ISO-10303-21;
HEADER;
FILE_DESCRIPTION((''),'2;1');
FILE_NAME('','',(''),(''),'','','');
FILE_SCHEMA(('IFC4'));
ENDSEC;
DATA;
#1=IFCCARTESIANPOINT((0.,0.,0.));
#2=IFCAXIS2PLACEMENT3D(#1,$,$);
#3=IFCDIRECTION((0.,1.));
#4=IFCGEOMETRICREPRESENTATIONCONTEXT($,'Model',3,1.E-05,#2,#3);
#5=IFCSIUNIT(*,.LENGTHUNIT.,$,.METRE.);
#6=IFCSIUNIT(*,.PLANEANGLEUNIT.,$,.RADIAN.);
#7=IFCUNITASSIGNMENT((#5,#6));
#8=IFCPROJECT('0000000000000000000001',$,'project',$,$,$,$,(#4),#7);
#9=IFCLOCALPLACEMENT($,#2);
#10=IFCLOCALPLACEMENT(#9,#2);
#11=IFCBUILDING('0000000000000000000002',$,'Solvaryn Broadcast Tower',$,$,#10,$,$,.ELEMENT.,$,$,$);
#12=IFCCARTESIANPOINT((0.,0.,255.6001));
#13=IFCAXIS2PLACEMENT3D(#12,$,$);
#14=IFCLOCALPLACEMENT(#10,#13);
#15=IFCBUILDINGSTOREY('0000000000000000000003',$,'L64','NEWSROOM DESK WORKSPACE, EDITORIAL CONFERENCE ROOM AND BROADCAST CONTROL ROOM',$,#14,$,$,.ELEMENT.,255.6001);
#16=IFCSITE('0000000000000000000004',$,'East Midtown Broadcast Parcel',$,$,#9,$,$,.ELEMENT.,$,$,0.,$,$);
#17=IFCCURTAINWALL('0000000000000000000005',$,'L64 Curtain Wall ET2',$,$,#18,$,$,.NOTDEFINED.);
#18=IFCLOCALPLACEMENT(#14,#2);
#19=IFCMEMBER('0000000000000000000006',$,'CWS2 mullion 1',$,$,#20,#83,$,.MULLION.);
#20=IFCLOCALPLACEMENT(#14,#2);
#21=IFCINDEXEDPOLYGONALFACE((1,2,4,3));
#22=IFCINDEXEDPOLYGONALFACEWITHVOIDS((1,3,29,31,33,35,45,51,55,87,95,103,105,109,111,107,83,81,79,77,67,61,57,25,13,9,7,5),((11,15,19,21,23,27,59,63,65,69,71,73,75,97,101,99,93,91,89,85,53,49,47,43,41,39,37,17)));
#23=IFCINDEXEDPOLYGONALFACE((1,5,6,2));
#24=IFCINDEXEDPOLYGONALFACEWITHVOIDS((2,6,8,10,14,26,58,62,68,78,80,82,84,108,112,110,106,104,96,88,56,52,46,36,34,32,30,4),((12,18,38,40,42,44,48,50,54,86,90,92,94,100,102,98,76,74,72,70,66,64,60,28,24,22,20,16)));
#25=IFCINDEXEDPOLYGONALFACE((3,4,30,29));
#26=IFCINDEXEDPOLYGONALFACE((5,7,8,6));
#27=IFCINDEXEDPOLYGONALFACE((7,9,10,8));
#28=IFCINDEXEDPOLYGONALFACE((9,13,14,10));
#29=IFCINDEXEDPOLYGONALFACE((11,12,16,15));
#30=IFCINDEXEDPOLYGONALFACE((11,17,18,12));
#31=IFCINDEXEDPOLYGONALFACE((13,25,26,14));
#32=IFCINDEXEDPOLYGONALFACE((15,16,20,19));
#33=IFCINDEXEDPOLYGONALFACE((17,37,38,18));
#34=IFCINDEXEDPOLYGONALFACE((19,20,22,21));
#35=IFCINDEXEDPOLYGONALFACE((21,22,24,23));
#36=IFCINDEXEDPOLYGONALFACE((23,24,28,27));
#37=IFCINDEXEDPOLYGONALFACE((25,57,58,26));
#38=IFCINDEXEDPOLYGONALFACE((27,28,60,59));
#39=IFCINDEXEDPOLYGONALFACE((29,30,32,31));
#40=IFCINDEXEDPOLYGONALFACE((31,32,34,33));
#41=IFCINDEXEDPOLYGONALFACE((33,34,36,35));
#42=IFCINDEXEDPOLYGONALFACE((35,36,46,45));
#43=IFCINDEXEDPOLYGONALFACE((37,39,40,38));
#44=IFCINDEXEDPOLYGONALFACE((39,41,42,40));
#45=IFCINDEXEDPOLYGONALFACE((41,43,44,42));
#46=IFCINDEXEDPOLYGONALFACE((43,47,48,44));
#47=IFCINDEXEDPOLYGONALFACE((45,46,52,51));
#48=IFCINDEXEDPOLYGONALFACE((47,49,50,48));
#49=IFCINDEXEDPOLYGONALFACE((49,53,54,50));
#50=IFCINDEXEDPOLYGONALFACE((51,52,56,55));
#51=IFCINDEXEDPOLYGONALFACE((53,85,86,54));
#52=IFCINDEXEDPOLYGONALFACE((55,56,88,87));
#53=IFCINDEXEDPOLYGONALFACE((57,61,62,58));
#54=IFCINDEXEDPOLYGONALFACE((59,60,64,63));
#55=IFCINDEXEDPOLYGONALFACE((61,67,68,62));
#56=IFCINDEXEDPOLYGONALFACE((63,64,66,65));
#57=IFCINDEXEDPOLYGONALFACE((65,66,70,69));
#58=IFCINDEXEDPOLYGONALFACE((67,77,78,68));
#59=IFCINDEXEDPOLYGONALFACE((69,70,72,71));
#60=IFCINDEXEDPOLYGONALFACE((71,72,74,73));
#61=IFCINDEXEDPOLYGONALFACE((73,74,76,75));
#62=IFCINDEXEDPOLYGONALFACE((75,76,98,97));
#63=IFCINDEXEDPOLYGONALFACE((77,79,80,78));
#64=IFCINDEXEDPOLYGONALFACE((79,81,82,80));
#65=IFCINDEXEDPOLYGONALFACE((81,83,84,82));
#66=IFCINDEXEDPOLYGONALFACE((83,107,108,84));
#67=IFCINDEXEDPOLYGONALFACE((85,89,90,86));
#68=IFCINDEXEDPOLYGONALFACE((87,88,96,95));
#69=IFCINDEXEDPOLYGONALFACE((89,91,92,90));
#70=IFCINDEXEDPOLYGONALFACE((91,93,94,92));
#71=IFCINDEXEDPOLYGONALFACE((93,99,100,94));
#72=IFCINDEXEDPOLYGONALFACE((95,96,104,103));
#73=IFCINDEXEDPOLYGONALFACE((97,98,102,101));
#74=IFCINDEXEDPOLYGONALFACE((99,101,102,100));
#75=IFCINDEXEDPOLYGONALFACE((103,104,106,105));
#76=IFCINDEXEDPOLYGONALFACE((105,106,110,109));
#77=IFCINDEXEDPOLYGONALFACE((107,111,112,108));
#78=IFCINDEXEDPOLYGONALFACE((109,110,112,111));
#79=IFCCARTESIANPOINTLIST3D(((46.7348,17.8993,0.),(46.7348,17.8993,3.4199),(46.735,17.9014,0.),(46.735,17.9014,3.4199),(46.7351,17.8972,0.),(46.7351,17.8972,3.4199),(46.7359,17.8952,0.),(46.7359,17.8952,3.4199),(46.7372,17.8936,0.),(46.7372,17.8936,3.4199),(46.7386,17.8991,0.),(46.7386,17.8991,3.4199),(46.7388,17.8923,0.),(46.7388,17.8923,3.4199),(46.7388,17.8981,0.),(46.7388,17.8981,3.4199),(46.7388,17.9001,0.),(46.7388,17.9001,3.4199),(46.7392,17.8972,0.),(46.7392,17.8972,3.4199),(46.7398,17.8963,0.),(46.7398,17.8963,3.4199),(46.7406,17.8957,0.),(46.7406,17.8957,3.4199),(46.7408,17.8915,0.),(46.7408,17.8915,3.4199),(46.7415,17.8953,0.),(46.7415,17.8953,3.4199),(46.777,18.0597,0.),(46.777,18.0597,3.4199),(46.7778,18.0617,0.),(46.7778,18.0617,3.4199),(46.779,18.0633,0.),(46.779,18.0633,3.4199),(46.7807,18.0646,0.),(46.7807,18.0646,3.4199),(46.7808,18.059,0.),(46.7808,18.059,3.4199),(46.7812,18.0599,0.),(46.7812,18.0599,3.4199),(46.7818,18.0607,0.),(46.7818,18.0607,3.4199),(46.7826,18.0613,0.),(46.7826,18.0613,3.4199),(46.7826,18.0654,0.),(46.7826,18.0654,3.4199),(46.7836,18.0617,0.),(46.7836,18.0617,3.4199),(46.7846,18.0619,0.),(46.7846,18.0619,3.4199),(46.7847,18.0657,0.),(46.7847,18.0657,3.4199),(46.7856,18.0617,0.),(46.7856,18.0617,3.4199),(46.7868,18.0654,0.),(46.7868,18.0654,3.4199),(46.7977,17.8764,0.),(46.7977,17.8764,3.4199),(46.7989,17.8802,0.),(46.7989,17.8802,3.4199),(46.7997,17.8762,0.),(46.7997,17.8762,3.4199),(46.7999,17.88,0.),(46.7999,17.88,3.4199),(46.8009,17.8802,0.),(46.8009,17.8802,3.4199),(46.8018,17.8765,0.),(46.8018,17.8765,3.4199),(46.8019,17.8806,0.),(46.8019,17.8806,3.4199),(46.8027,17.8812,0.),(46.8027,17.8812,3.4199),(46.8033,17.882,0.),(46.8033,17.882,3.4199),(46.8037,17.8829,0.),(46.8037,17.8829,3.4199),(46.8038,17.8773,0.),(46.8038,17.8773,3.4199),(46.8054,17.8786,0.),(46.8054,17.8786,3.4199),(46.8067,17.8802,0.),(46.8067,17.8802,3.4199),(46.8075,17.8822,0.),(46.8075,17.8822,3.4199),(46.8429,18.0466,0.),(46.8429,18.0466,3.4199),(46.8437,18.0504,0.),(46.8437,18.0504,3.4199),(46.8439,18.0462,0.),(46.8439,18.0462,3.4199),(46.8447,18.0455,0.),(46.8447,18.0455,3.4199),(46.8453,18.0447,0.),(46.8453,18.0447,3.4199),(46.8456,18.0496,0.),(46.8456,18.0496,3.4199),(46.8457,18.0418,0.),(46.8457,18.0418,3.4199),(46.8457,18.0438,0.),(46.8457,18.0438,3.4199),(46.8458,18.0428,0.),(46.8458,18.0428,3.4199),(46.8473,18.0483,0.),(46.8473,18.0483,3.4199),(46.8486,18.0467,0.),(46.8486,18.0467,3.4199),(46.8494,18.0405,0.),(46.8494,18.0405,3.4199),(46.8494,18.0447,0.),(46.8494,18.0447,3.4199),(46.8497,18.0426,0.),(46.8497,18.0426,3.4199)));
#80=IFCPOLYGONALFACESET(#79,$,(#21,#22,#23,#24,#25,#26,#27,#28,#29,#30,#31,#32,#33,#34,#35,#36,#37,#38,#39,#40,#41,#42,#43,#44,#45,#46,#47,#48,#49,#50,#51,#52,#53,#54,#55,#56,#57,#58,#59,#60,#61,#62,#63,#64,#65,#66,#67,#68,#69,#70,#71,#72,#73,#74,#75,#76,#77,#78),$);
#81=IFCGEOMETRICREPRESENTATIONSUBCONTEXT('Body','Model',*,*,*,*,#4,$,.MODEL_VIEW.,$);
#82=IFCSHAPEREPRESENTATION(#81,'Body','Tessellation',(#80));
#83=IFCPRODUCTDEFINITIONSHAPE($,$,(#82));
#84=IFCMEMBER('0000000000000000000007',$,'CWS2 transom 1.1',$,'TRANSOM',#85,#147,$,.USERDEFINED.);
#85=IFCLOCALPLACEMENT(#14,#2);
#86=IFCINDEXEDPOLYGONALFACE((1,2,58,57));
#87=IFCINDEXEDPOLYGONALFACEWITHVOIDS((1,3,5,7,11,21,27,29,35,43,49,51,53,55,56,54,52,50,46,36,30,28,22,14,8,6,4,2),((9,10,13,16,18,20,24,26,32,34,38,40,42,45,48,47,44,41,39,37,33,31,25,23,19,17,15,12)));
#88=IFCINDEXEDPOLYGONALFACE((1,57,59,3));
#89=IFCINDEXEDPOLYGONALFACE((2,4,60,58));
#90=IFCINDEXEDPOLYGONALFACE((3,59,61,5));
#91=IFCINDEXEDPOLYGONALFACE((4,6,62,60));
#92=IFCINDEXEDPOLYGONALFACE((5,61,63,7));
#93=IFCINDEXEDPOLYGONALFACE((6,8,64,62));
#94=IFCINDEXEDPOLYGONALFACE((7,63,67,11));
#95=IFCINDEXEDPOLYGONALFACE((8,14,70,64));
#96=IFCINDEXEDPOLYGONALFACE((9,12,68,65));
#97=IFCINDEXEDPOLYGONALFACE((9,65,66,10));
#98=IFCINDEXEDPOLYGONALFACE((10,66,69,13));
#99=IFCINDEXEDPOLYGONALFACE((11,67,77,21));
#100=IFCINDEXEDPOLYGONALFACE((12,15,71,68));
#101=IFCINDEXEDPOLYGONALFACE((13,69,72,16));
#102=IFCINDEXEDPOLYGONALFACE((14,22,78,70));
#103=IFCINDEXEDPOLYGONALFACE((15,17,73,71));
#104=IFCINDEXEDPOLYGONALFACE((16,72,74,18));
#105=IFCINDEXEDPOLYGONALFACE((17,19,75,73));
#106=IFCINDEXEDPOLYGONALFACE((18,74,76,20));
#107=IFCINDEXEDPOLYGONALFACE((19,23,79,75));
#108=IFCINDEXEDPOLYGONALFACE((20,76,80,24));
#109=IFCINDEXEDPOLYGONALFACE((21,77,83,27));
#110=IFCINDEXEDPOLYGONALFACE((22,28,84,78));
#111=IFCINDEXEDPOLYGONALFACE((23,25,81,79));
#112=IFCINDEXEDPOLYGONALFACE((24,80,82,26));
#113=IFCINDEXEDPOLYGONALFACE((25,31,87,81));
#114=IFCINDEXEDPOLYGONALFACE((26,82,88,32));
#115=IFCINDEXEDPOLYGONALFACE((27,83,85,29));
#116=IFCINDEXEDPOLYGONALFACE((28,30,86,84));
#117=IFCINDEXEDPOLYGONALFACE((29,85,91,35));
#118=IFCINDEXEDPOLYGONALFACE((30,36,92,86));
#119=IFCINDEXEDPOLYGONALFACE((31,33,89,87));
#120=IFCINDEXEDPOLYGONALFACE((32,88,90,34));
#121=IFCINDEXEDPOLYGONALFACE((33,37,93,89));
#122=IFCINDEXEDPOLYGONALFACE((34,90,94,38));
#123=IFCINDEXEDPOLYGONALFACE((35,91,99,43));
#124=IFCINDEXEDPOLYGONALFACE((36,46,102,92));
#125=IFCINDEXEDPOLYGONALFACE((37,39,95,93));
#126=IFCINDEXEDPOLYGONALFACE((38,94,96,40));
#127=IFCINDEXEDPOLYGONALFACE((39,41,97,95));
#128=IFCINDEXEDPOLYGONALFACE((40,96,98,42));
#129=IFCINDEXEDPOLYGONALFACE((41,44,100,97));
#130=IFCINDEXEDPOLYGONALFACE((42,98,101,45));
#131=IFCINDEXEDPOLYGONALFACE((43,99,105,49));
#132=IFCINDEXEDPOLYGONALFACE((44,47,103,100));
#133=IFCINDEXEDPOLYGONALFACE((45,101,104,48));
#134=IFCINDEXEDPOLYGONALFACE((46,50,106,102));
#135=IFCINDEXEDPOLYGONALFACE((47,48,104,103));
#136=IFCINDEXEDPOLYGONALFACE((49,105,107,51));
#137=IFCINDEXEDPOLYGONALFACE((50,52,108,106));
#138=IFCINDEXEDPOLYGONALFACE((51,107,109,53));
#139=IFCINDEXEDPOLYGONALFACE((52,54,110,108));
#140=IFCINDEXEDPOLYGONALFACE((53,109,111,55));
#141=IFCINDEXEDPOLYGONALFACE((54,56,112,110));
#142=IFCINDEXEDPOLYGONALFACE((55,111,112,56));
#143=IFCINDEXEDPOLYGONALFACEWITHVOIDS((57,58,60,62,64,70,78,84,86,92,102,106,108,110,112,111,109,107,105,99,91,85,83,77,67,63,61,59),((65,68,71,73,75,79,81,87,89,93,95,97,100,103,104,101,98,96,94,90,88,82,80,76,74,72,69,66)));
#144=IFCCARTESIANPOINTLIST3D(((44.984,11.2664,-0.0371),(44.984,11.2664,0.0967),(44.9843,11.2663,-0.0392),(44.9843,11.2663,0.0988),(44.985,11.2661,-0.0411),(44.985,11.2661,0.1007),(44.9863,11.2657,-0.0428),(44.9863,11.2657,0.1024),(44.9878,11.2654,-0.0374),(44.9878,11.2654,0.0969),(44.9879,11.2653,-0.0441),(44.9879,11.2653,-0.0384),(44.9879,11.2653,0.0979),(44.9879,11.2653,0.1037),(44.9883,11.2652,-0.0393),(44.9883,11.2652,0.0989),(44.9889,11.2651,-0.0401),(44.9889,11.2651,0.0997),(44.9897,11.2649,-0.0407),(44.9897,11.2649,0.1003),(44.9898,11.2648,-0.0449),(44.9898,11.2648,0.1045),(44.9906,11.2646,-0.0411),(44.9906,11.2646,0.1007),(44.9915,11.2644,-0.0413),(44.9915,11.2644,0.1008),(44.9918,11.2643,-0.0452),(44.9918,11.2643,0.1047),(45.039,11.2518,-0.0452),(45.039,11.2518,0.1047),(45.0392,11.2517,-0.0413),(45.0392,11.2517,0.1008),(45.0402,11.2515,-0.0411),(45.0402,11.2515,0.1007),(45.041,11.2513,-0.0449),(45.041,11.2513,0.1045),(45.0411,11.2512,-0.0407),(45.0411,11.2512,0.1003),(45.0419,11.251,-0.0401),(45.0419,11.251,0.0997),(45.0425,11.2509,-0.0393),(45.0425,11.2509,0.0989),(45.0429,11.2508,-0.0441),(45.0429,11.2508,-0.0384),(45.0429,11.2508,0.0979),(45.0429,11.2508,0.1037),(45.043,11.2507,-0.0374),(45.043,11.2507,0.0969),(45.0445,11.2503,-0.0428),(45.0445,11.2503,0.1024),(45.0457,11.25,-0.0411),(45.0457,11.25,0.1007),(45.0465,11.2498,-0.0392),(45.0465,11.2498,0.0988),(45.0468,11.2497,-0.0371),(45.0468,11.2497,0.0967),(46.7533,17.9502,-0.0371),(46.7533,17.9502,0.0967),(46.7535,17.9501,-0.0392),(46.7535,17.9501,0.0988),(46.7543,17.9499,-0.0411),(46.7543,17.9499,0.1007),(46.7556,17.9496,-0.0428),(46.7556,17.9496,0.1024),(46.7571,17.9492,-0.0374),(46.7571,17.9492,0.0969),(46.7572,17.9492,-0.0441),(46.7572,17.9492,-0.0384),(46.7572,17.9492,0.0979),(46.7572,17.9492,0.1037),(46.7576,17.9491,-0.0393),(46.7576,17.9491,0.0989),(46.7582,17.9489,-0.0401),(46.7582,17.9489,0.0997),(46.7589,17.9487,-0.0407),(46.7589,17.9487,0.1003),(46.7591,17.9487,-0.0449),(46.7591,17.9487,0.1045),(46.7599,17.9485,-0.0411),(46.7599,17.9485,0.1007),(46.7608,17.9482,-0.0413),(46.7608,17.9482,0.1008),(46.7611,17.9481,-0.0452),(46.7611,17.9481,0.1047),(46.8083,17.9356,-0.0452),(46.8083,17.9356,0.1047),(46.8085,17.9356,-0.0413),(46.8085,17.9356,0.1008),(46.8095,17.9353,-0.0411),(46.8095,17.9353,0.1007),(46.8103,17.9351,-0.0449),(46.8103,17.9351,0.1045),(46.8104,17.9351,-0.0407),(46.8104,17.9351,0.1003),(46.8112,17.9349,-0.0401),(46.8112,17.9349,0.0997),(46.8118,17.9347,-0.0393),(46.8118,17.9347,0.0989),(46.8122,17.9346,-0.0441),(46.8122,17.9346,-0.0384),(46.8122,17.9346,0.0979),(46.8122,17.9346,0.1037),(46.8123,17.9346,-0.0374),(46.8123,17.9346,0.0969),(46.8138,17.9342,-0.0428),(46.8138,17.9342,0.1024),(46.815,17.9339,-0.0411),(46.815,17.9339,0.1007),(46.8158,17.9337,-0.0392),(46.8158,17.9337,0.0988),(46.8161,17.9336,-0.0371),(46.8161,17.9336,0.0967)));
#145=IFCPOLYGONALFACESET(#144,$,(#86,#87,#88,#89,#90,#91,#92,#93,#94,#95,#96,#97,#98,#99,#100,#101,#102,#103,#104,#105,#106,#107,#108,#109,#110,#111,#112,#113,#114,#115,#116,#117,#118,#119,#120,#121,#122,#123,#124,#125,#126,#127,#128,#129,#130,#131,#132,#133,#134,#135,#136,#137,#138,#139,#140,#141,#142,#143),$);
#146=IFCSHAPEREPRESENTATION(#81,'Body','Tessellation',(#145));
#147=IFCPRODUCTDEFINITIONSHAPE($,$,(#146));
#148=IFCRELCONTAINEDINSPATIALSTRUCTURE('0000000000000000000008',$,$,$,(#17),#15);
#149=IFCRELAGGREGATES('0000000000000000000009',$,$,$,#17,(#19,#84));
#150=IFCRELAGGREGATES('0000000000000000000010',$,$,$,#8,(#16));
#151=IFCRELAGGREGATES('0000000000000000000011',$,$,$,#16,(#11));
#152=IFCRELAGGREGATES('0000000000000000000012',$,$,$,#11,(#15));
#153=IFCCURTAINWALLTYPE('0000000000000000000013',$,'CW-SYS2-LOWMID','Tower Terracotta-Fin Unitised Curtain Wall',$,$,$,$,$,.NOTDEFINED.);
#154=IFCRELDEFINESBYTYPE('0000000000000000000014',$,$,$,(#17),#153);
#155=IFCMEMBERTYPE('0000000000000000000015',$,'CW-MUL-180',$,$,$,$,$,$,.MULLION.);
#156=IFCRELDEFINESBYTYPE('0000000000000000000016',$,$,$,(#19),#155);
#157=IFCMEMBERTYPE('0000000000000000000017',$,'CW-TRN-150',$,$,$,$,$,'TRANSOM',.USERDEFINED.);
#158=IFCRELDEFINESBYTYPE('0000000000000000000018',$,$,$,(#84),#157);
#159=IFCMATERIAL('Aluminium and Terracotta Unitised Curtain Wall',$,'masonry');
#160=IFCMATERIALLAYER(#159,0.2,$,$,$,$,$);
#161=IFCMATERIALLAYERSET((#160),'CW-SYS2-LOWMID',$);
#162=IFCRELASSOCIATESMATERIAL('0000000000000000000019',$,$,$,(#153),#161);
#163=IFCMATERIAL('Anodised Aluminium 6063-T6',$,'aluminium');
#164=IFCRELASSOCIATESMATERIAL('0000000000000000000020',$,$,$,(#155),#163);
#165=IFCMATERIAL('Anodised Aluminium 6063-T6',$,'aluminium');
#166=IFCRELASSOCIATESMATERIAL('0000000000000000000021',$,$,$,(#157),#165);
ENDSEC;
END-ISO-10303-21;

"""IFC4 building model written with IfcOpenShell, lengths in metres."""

from ifc_helpers import new_model, si_unit, direction, frame, origin, origin_2d, place, context, subcontext, project, spatial, hollow_rectangle, extrude, material, layer, layer_set, material_profile, profile_set, type_object, element, aggregate, save


model = new_model("IFC4")

# Units and contexts
model_context = context("Model", 3, precision=1e-05, world=origin(), true_north=direction((0.0, 1.0)))
body_context = subcontext(model_context, "Body", "Model", "MODEL_VIEW")
ifc_project = project(units=[si_unit("LENGTHUNIT", "METRE"), si_unit("PLANEANGLEUNIT", "RADIAN")], contexts=[model_context])

# Site, building, storey
site_placement = place(None, origin())
site = spatial("IfcSite", under=ifc_project, at=site_placement, Name="East Midtown Broadcast Parcel", CompositionType="ELEMENT", RefElevation=0.0)
building_placement = place(site_placement, origin())
building = spatial("IfcBuilding", under=site, at=building_placement, Name="Solvaryn Broadcast Tower", CompositionType="ELEMENT")
storey_placement = place(building_placement, frame((0.0, 0.0, 255.6001)))
storey = spatial("IfcBuildingStorey", under=building, at=storey_placement, Name="L64", Description="NEWSROOM DESK WORKSPACE, EDITORIAL CONFERENCE ROOM AND BROADCAST CONTROL ROOM", CompositionType="ELEMENT", Elevation=255.6001)

# Shared definitions
ifc_material_1 = material(Name="Aluminium and Terracotta Unitised Curtain Wall", Category="masonry")
ifc_layer_1 = layer(ifc_material_1, 0.2)
ifc_layer_set_1 = layer_set([ifc_layer_1], Name="CW-SYS2-LOWMID")
curtain_wall_type = type_object("IfcCurtainWallType", Name="CW-SYS2-LOWMID", Description="Tower Terracotta-Fin Unitised Curtain Wall", PredefinedType="NOTDEFINED", material=ifc_layer_set_1)
ifc_material_2 = material(Name="Anodised Aluminium 6063-T6", Category="aluminium")
ifc_material_profile_1 = material_profile(ifc_material_2, hollow_rectangle(XDim=0.075, YDim=0.1799, WallThickness=0.0039, InnerFilletRadius=0.0039, OuterFilletRadius=0.0081, at=origin_2d()))
ifc_profile_set_1 = profile_set([ifc_material_profile_1], Name="Anodised Aluminium 6063-T6")
member_type_1 = type_object("IfcMemberType", Name="CW-MUL-180", PredefinedType="MULLION", material=ifc_profile_set_1)

# Curtain wall, members
curtain_wall_1_placement = place(storey_placement, origin())
curtain_wall_1 = element("IfcCurtainWall", 1, at=curtain_wall_1_placement, inside=storey, type_object=curtain_wall_type, Name="L64 Curtain Wall ET2", PredefinedType="NOTDEFINED")
member_1_placement = place(storey_placement, frame((46.7922, 17.9709, 0.0), z_axis=(0.0, 0.0, 1.0), x_axis=(0.966705, -0.255893, 0.0)))
member_1 = element("IfcMember", 2, at=member_1_placement, type_object=member_type_1, Name="CWS2 mullion 1", PredefinedType="MULLION", context=body_context, shape_type="SweptSolid", body=[
    extrude(hollow_rectangle(XDim=0.075, YDim=0.1799, WallThickness=0.0039, InnerFilletRadius=0.0039, OuterFilletRadius=0.0081, at=origin_2d()), origin(), (0.0, 0.0, 1.0), 3.4199),
])
ifc_material_3 = material(Name="Anodised Aluminium 6063-T6", Category="aluminium")
ifc_material_profile_2 = material_profile(ifc_material_3, hollow_rectangle(XDim=0.0649, YDim=0.1499, WallThickness=0.0039, InnerFilletRadius=0.0039, OuterFilletRadius=0.0081, at=origin_2d()))
ifc_profile_set_2 = profile_set([ifc_material_profile_2], Name="Anodised Aluminium 6063-T6")
member_type_2 = type_object("IfcMemberType", Name="CW-TRN-150", ElementType="TRANSOM", PredefinedType="USERDEFINED", material=ifc_profile_set_2)
member_2_placement = place(storey_placement, frame((46.7847, 17.9419, 0.0298), z_axis=(-0.255897, -0.966704, 0.0), x_axis=(0.966704, -0.255897, 0.0)))
member_2 = element("IfcMember", 3, at=member_2_placement, type_object=member_type_2, Name="CWS2 transom 1.1", ObjectType="TRANSOM", PredefinedType="USERDEFINED", context=body_context, shape_type="SweptSolid", body=[
    extrude(hollow_rectangle(XDim=0.0649, YDim=0.1499, WallThickness=0.0039, InnerFilletRadius=0.0039, OuterFilletRadius=0.0081, at=origin_2d()), origin(), (0.0, 0.0, 1.0), 6.9141),
])
aggregate(curtain_wall_1, [member_1, member_2])

save(model, "model.ifc")
